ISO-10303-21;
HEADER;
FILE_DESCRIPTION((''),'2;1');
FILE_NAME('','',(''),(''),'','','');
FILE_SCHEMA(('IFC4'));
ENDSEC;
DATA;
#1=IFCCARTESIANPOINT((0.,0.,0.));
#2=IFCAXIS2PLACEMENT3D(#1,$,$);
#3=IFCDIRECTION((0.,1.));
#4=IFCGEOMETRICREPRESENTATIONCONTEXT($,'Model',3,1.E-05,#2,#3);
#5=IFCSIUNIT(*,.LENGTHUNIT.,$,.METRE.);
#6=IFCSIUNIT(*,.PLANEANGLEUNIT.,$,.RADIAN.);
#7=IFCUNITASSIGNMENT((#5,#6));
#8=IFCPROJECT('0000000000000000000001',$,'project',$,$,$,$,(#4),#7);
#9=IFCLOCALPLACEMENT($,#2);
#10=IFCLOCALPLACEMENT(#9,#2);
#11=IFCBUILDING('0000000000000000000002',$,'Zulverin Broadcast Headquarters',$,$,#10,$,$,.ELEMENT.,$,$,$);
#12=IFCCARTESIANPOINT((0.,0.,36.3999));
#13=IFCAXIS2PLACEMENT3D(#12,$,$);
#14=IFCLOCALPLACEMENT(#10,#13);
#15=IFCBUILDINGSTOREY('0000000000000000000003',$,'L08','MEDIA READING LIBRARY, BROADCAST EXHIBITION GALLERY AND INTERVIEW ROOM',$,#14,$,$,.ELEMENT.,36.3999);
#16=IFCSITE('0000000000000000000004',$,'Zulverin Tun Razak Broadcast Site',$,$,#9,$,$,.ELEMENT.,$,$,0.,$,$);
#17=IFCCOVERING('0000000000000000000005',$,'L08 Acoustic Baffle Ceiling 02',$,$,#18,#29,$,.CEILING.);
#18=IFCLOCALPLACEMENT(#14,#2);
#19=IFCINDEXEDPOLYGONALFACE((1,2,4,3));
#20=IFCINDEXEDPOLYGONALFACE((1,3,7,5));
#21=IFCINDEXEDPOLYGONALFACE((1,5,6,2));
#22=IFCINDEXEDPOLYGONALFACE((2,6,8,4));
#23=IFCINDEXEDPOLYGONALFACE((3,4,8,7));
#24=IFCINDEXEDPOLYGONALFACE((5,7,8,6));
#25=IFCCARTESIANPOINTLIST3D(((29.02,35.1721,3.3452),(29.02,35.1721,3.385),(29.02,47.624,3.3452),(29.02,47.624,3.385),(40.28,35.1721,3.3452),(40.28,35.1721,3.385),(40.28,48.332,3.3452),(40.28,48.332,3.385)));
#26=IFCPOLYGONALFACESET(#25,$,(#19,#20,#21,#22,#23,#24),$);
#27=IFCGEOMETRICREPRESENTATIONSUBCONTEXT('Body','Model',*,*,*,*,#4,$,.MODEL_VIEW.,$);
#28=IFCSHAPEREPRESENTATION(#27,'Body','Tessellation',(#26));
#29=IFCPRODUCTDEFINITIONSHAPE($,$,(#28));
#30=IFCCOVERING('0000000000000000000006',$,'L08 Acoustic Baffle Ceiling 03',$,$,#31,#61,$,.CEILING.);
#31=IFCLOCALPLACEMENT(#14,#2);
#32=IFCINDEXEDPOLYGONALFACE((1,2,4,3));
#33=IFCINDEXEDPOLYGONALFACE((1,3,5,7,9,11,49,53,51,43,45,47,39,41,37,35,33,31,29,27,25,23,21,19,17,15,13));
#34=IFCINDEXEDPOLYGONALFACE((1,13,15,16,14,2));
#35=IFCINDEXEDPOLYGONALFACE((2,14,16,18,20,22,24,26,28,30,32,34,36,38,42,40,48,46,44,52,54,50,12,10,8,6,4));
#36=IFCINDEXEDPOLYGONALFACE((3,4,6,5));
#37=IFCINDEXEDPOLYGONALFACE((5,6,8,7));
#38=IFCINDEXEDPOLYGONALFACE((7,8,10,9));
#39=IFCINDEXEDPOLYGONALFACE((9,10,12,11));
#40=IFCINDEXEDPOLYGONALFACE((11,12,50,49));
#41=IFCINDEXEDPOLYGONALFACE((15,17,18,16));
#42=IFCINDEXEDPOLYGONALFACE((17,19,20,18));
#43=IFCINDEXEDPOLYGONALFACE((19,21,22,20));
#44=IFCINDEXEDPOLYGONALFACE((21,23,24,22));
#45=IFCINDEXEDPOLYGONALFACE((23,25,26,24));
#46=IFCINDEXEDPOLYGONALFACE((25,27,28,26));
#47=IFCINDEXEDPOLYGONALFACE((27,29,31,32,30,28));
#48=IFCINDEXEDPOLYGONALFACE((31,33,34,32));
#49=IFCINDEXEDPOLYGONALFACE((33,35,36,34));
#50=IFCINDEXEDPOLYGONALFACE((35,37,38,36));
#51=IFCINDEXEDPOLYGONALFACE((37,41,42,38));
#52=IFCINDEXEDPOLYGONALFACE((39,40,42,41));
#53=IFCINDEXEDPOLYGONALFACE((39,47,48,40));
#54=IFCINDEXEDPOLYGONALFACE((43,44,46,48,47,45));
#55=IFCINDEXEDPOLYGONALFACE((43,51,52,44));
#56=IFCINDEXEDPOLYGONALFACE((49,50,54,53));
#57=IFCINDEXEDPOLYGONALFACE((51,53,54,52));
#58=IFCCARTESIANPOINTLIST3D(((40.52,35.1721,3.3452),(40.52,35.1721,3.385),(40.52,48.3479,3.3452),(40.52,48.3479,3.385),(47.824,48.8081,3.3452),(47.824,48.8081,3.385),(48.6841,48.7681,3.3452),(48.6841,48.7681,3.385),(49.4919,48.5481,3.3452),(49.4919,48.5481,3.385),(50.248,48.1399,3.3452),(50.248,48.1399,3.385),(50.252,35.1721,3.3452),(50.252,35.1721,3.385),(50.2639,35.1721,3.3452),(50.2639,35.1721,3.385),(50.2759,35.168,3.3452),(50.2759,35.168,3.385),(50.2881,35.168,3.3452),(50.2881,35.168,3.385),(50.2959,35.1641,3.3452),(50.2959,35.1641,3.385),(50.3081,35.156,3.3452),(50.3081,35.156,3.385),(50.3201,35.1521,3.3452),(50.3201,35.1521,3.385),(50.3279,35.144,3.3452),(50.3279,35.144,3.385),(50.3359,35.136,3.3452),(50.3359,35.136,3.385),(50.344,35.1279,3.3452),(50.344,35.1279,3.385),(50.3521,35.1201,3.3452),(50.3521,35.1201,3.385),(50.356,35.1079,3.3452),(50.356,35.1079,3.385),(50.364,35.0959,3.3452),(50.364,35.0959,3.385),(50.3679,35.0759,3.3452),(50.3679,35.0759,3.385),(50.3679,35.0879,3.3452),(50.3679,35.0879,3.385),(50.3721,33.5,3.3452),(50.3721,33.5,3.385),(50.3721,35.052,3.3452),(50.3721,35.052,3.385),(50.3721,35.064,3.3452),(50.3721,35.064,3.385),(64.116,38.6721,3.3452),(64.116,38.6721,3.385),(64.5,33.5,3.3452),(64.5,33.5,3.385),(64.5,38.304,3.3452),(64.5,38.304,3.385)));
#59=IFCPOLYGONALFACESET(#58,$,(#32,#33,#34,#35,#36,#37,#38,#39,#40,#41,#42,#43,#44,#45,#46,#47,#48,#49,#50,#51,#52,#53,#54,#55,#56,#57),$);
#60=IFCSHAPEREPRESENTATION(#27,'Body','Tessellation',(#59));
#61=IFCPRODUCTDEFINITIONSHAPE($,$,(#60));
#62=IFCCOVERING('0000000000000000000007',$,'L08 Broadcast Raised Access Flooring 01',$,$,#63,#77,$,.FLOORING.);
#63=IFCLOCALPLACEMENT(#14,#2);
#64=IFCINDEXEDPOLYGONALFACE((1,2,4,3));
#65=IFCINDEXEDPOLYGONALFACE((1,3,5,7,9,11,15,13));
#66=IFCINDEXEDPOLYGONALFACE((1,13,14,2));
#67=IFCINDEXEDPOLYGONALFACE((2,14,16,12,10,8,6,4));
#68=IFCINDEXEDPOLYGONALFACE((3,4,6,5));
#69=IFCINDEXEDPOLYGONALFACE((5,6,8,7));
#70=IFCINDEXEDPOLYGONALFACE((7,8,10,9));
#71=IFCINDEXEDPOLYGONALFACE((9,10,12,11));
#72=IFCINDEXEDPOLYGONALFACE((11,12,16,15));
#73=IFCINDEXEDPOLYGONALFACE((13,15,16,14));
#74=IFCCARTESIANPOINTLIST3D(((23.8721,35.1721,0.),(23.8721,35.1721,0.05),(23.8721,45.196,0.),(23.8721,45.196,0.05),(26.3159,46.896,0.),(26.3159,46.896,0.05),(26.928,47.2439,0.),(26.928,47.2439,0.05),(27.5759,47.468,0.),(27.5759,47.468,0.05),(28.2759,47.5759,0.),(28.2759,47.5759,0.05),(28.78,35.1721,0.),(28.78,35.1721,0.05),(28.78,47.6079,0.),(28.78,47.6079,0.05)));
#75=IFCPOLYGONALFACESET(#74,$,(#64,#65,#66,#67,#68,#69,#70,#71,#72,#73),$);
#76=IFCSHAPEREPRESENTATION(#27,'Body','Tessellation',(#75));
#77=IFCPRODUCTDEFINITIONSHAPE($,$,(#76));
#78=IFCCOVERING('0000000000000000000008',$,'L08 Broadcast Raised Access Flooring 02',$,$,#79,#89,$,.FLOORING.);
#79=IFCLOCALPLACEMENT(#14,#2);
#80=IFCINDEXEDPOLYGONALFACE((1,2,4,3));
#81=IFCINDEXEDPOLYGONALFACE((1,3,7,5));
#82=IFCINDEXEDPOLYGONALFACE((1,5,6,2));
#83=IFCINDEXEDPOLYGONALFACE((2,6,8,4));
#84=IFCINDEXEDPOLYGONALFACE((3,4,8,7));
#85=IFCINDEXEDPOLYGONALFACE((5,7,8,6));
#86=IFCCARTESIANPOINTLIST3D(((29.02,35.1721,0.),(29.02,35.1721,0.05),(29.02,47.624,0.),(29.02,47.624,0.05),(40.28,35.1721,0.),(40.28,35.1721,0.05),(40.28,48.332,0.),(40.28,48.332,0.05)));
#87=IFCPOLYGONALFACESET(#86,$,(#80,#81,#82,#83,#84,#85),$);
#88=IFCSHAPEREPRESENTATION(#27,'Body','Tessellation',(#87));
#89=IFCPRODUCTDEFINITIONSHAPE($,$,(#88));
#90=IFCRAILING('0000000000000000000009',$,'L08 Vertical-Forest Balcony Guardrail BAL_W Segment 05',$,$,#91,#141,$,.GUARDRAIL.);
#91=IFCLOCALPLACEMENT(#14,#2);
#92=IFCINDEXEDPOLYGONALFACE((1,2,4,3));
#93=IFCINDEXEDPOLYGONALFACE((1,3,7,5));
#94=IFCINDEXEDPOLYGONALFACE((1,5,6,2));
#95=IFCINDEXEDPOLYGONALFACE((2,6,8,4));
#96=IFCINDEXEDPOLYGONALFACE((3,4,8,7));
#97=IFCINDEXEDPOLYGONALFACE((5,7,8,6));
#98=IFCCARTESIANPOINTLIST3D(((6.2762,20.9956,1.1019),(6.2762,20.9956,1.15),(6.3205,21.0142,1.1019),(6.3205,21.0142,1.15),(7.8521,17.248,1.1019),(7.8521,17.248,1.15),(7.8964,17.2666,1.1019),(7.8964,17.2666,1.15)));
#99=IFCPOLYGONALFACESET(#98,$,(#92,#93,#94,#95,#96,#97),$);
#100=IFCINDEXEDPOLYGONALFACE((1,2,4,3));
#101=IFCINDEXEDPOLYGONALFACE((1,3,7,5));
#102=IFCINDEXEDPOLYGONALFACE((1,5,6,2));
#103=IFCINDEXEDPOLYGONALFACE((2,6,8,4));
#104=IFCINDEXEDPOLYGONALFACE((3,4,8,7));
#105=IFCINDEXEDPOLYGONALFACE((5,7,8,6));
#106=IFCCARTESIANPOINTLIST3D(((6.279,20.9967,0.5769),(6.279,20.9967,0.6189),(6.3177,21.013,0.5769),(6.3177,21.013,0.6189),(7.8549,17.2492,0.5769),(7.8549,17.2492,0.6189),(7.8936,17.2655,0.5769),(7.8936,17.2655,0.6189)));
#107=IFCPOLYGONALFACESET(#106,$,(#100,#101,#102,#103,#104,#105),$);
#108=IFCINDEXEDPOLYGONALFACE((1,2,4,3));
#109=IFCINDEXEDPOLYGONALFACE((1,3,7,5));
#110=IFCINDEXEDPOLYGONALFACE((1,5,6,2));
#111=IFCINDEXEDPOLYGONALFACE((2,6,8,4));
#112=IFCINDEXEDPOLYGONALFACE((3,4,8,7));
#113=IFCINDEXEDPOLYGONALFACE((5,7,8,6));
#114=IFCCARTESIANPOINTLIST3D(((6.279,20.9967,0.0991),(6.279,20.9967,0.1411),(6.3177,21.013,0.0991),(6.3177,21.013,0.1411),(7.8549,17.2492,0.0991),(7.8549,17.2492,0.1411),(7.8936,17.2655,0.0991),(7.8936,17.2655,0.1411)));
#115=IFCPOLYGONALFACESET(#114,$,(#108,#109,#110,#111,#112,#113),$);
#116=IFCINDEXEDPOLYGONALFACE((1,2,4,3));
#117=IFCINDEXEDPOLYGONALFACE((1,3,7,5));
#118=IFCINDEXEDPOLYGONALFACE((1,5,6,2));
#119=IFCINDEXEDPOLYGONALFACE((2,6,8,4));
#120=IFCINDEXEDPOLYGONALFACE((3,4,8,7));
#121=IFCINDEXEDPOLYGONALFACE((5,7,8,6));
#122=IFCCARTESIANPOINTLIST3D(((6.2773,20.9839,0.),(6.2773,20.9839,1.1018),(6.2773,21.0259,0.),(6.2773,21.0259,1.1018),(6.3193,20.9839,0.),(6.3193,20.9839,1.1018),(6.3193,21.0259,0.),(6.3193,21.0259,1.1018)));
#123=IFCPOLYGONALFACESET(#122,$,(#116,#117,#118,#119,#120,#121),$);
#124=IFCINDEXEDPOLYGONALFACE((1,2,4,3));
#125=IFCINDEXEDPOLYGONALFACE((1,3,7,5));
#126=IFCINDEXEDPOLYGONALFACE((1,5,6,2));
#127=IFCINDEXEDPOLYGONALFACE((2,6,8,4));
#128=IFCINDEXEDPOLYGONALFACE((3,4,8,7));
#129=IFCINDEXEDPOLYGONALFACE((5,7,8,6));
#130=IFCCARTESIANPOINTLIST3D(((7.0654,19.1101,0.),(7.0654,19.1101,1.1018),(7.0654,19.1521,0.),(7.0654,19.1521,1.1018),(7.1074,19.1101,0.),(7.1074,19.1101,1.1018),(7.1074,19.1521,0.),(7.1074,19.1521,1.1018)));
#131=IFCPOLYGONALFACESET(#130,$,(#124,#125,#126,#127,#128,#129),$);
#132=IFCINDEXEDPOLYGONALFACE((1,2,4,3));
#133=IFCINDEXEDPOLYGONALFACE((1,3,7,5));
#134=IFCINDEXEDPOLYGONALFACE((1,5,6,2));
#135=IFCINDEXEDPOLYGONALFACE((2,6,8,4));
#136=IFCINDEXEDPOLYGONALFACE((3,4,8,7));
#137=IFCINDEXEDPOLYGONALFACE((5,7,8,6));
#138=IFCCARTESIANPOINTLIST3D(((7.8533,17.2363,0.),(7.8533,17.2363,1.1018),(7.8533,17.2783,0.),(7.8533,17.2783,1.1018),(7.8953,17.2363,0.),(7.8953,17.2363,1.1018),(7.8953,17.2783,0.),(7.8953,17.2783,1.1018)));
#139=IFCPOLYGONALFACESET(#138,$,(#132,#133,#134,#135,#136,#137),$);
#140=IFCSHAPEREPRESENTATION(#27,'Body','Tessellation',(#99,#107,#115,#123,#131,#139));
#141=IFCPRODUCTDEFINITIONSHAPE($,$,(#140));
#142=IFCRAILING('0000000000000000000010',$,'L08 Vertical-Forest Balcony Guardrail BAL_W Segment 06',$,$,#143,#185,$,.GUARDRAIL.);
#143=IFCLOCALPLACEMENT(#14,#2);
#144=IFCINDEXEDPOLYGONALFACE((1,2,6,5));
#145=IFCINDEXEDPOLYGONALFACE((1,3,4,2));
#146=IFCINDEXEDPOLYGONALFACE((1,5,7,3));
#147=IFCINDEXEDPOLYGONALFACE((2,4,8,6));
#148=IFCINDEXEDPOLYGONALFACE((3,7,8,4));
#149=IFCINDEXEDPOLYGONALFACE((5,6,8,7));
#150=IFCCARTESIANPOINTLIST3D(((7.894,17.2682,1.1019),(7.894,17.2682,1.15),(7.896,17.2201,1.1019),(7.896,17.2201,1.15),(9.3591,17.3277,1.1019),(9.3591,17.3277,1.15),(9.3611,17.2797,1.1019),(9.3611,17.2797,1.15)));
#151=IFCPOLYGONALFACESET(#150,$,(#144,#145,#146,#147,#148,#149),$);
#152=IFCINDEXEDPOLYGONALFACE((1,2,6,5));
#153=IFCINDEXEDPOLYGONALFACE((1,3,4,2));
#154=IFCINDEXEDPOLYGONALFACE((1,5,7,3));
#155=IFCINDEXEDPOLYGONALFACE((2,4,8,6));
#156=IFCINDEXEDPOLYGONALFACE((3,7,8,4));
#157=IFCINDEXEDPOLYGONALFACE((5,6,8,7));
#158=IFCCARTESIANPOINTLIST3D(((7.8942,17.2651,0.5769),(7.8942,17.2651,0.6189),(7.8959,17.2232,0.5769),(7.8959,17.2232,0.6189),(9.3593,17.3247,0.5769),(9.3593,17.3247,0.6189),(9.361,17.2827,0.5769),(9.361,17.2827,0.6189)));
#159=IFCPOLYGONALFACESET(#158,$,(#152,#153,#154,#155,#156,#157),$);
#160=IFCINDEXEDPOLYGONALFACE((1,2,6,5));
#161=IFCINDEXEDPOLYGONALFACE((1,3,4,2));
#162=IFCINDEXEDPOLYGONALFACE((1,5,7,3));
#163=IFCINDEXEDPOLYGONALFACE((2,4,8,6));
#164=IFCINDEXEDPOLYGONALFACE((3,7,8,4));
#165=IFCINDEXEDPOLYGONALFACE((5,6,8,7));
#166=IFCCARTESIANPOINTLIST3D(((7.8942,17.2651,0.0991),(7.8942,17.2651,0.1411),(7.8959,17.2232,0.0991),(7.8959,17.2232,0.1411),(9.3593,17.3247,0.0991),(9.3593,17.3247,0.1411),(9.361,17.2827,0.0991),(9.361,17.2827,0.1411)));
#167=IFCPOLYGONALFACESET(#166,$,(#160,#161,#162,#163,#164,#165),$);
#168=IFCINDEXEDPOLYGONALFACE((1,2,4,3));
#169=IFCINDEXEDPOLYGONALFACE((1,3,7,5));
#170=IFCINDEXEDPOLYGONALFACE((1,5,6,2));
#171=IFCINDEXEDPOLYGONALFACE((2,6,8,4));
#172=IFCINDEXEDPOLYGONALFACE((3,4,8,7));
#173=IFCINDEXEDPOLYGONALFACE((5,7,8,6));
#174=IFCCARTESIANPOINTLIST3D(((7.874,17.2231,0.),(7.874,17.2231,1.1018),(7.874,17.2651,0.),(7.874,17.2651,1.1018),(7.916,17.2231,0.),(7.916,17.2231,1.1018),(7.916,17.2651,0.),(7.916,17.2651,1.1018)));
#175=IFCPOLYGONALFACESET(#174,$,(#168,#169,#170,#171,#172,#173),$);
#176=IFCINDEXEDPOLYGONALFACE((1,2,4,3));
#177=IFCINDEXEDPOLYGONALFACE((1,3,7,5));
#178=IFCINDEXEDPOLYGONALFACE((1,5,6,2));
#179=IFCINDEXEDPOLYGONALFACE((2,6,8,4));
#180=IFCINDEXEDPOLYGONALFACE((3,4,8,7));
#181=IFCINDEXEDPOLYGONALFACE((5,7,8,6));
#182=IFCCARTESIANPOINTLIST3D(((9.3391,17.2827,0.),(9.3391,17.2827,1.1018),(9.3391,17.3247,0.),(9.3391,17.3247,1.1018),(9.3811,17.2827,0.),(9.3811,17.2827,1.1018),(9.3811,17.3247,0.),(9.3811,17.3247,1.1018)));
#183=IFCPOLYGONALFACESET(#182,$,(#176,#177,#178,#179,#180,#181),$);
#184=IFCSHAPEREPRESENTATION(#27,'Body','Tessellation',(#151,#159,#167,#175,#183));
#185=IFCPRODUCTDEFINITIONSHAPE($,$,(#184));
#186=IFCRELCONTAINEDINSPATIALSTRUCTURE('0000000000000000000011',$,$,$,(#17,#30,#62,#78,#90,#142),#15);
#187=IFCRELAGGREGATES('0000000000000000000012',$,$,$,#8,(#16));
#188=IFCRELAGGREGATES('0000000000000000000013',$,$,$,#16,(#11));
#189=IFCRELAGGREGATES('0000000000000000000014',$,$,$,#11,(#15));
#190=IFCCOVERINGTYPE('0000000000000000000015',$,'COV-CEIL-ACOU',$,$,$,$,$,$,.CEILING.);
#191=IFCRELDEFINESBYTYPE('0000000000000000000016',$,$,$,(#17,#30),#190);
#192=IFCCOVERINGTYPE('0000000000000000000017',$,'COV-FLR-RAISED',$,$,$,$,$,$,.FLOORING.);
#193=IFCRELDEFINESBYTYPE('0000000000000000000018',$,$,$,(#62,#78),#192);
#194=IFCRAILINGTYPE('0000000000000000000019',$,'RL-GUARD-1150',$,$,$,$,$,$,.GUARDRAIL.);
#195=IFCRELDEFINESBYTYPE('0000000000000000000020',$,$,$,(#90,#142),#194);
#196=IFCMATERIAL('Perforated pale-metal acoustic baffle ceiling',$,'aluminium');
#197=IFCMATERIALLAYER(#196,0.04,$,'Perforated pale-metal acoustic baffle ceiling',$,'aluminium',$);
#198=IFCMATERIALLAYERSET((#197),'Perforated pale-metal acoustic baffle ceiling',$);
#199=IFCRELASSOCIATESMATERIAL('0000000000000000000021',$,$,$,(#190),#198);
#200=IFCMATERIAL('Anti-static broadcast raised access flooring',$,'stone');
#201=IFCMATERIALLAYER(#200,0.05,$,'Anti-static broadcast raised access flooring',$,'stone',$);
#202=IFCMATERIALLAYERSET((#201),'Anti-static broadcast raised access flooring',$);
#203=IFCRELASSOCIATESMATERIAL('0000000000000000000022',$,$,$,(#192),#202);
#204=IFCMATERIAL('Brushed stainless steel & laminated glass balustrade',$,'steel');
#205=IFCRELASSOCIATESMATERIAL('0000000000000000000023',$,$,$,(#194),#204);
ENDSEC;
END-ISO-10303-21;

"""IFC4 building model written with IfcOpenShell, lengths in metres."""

from ifc_helpers import new_model, si_unit, direction, frame, origin, origin_2d, place, context, subcontext, project, spatial, polyline, rectangle, outline, extrude, material, layer, layer_set, type_object, element, save


model = new_model("IFC4")

# Units and contexts
model_context = context("Model", 3, precision=1e-05, world=origin(), true_north=direction((0.0, 1.0)))
body_context = subcontext(model_context, "Body", "Model", "MODEL_VIEW")
ifc_project = project(units=[si_unit("LENGTHUNIT", "METRE"), si_unit("PLANEANGLEUNIT", "RADIAN")], contexts=[model_context])

# Site, building, storey
site_placement = place(None, origin())
site = spatial("IfcSite", under=ifc_project, at=site_placement, Name="Zulverin Tun Razak Broadcast Site", CompositionType="ELEMENT", RefElevation=0.0)
building_placement = place(site_placement, origin())
building = spatial("IfcBuilding", under=site, at=building_placement, Name="Zulverin Broadcast Headquarters", CompositionType="ELEMENT")
storey_placement = place(building_placement, frame((0.0, 0.0, 36.3999)))
storey = spatial("IfcBuildingStorey", under=building, at=storey_placement, Name="L08", Description="MEDIA READING LIBRARY, BROADCAST EXHIBITION GALLERY AND INTERVIEW ROOM", CompositionType="ELEMENT", Elevation=36.3999)

# Coverings
ifc_material_1 = material(Name="Perforated pale-metal acoustic baffle ceiling", Category="aluminium")
ifc_layer_1 = layer(ifc_material_1, 0.04, Name="Perforated pale-metal acoustic baffle ceiling", Category="aluminium")
ifc_layer_set_1 = layer_set([ifc_layer_1], Name="Perforated pale-metal acoustic baffle ceiling")
covering_type_1 = type_object("IfcCoveringType", Name="COV-CEIL-ACOU", PredefinedType="CEILING", material=ifc_layer_set_1)
covering_1_placement = place(storey_placement, frame((0.0, 0.0, 3.3452)))
element("IfcCovering", 1, at=covering_1_placement, inside=storey, type_object=covering_type_1, Name="L08 Acoustic Baffle Ceiling 02", PredefinedType="CEILING", context=body_context, shape_type="SweptSolid", body=[
    extrude(outline(polyline([(40.28, 35.1721), (40.28, 48.332), (29.02, 47.624), (29.02, 35.1721), (40.28, 35.1721)])), origin(), (0.0, 0.0, 1.0), 0.0398),
])
covering_2_placement = place(storey_placement, frame((0.0, 0.0, 3.3452)))
element("IfcCovering", 2, at=covering_2_placement, inside=storey, type_object=covering_type_1, Name="L08 Acoustic Baffle Ceiling 03", PredefinedType="CEILING", context=body_context, shape_type="SweptSolid", body=[
    extrude(outline(polyline([(64.5, 38.304), (64.116, 38.6721), (50.248, 48.1399), (49.4919, 48.5481), (48.6841, 48.7681), (47.824, 48.8081), (40.52, 48.3479), (40.52, 35.1721), (50.252, 35.1721), (50.2639, 35.1721), (50.2759, 35.168), (50.2881, 35.168), (50.2959, 35.1641), (50.3081, 35.156), (50.3201, 35.1521), (50.3279, 35.144), (50.3359, 35.136), (50.344, 35.1279), (50.3521, 35.1201), (50.356, 35.1079), (50.364, 35.0959), (50.3679, 35.0879), (50.3679, 35.0759), (50.3721, 35.064), (50.3721, 35.052), (50.3721, 33.5), (64.5, 33.5), (64.5, 38.304)])), origin(), (0.0, 0.0, 1.0), 0.0398),
])
ifc_material_2 = material(Name="Anti-static broadcast raised access flooring", Category="stone")
ifc_layer_2 = layer(ifc_material_2, 0.05, Name="Anti-static broadcast raised access flooring", Category="stone")
ifc_layer_set_2 = layer_set([ifc_layer_2], Name="Anti-static broadcast raised access flooring")
covering_type_2 = type_object("IfcCoveringType", Name="COV-FLR-RAISED", PredefinedType="FLOORING", material=ifc_layer_set_2)
covering_3_placement = place(storey_placement, origin())
element("IfcCovering", 3, at=covering_3_placement, inside=storey, type_object=covering_type_2, Name="L08 Broadcast Raised Access Flooring 01", PredefinedType="FLOORING", context=body_context, shape_type="SweptSolid", body=[
    extrude(outline(polyline([(28.78, 35.1721), (28.78, 47.6079), (28.2759, 47.5759), (27.5759, 47.468), (26.928, 47.2439), (26.3159, 46.896), (23.8721, 45.196), (23.8721, 35.1721), (28.78, 35.1721)])), origin(), (0.0, 0.0, 1.0), 0.05),
])
covering_4_placement = place(storey_placement, origin())
element("IfcCovering", 4, at=covering_4_placement, inside=storey, type_object=covering_type_2, Name="L08 Broadcast Raised Access Flooring 02", PredefinedType="FLOORING", context=body_context, shape_type="SweptSolid", body=[
    extrude(outline(polyline([(40.28, 35.1721), (40.28, 48.332), (29.02, 47.624), (29.02, 35.1721), (40.28, 35.1721)])), origin(), (0.0, 0.0, 1.0), 0.05),
])

# Railings
ifc_material_3 = material(Name="Brushed stainless steel & laminated glass balustrade", Category="steel")
railing_type = type_object("IfcRailingType", Name="RL-GUARD-1150", PredefinedType="GUARDRAIL", material=ifc_material_3)
railing_1_placement = place(storey_placement, frame((6.2983, 21.0049, 0.0)))
element("IfcRailing", 5, at=railing_1_placement, inside=storey, type_object=railing_type, Name="L08 Vertical-Forest Balcony Guardrail BAL_W Segment 05", PredefinedType="GUARDRAIL", context=body_context, shape_type="SweptSolid", body=[
    extrude(rectangle(XDim=0.0481, YDim=0.0481, at=origin_2d()), frame((0.0, 0.0, 1.126), z_axis=(0.387641, -0.92181, 0.0), x_axis=(0.92181, 0.387641, 0.0)), (0.0, 0.0, 1.0), 4.0654),
    extrude(rectangle(XDim=0.042, YDim=0.042, at=origin_2d()), frame((0.0, 0.0, 0.5979), z_axis=(0.387641, -0.92181, 0.0), x_axis=(0.92181, 0.387641, 0.0)), (0.0, 0.0, 1.0), 4.0654),
    extrude(rectangle(XDim=0.042, YDim=0.042, at=origin_2d()), frame((0.0, 0.0, 0.1201), z_axis=(0.387641, -0.92181, 0.0), x_axis=(0.92181, 0.387641, 0.0)), (0.0, 0.0, 1.0), 4.0654),
    extrude(rectangle(XDim=0.042, YDim=0.042, at=origin_2d()), origin(), (0.0, 0.0, 1.0), 1.1018),
    extrude(rectangle(XDim=0.042, YDim=0.042, at=origin_2d()), frame((0.7881, -1.8738, 0.0)), (0.0, 0.0, 1.0), 1.1018),
    extrude(rectangle(XDim=0.042, YDim=0.042, at=origin_2d()), frame((1.5759, -3.7476, 0.0)), (0.0, 0.0, 1.0), 1.1018),
])
railing_2_placement = place(storey_placement, frame((7.895, 17.2441, 0.0)))
element("IfcRailing", 6, at=railing_2_placement, inside=storey, type_object=railing_type, Name="L08 Vertical-Forest Balcony Guardrail BAL_W Segment 06", PredefinedType="GUARDRAIL", context=body_context, shape_type="SweptSolid", body=[
    extrude(rectangle(XDim=0.0481, YDim=0.0481, at=origin_2d()), frame((0.0, 0.0, 1.126), z_axis=(0.999174, 0.040626, 0.0), x_axis=(-0.040626, 0.999174, 0.0)), (0.0, 0.0, 1.0), 1.4663),
    extrude(rectangle(XDim=0.042, YDim=0.042, at=origin_2d()), frame((0.0, 0.0, 0.5979), z_axis=(0.999174, 0.040626, 0.0), x_axis=(-0.040626, 0.999174, 0.0)), (0.0, 0.0, 1.0), 1.4663),
    extrude(rectangle(XDim=0.042, YDim=0.042, at=origin_2d()), frame((0.0, 0.0, 0.1201), z_axis=(0.999174, 0.040626, 0.0), x_axis=(-0.040626, 0.999174, 0.0)), (0.0, 0.0, 1.0), 1.4663),
    extrude(rectangle(XDim=0.042, YDim=0.042, at=origin_2d()), origin(), (0.0, 0.0, 1.0), 1.1018),
    extrude(rectangle(XDim=0.042, YDim=0.042, at=origin_2d()), frame((1.4651, 0.0596, 0.0)), (0.0, 0.0, 1.0), 1.1018),
])

save(model, "model.ifc")
